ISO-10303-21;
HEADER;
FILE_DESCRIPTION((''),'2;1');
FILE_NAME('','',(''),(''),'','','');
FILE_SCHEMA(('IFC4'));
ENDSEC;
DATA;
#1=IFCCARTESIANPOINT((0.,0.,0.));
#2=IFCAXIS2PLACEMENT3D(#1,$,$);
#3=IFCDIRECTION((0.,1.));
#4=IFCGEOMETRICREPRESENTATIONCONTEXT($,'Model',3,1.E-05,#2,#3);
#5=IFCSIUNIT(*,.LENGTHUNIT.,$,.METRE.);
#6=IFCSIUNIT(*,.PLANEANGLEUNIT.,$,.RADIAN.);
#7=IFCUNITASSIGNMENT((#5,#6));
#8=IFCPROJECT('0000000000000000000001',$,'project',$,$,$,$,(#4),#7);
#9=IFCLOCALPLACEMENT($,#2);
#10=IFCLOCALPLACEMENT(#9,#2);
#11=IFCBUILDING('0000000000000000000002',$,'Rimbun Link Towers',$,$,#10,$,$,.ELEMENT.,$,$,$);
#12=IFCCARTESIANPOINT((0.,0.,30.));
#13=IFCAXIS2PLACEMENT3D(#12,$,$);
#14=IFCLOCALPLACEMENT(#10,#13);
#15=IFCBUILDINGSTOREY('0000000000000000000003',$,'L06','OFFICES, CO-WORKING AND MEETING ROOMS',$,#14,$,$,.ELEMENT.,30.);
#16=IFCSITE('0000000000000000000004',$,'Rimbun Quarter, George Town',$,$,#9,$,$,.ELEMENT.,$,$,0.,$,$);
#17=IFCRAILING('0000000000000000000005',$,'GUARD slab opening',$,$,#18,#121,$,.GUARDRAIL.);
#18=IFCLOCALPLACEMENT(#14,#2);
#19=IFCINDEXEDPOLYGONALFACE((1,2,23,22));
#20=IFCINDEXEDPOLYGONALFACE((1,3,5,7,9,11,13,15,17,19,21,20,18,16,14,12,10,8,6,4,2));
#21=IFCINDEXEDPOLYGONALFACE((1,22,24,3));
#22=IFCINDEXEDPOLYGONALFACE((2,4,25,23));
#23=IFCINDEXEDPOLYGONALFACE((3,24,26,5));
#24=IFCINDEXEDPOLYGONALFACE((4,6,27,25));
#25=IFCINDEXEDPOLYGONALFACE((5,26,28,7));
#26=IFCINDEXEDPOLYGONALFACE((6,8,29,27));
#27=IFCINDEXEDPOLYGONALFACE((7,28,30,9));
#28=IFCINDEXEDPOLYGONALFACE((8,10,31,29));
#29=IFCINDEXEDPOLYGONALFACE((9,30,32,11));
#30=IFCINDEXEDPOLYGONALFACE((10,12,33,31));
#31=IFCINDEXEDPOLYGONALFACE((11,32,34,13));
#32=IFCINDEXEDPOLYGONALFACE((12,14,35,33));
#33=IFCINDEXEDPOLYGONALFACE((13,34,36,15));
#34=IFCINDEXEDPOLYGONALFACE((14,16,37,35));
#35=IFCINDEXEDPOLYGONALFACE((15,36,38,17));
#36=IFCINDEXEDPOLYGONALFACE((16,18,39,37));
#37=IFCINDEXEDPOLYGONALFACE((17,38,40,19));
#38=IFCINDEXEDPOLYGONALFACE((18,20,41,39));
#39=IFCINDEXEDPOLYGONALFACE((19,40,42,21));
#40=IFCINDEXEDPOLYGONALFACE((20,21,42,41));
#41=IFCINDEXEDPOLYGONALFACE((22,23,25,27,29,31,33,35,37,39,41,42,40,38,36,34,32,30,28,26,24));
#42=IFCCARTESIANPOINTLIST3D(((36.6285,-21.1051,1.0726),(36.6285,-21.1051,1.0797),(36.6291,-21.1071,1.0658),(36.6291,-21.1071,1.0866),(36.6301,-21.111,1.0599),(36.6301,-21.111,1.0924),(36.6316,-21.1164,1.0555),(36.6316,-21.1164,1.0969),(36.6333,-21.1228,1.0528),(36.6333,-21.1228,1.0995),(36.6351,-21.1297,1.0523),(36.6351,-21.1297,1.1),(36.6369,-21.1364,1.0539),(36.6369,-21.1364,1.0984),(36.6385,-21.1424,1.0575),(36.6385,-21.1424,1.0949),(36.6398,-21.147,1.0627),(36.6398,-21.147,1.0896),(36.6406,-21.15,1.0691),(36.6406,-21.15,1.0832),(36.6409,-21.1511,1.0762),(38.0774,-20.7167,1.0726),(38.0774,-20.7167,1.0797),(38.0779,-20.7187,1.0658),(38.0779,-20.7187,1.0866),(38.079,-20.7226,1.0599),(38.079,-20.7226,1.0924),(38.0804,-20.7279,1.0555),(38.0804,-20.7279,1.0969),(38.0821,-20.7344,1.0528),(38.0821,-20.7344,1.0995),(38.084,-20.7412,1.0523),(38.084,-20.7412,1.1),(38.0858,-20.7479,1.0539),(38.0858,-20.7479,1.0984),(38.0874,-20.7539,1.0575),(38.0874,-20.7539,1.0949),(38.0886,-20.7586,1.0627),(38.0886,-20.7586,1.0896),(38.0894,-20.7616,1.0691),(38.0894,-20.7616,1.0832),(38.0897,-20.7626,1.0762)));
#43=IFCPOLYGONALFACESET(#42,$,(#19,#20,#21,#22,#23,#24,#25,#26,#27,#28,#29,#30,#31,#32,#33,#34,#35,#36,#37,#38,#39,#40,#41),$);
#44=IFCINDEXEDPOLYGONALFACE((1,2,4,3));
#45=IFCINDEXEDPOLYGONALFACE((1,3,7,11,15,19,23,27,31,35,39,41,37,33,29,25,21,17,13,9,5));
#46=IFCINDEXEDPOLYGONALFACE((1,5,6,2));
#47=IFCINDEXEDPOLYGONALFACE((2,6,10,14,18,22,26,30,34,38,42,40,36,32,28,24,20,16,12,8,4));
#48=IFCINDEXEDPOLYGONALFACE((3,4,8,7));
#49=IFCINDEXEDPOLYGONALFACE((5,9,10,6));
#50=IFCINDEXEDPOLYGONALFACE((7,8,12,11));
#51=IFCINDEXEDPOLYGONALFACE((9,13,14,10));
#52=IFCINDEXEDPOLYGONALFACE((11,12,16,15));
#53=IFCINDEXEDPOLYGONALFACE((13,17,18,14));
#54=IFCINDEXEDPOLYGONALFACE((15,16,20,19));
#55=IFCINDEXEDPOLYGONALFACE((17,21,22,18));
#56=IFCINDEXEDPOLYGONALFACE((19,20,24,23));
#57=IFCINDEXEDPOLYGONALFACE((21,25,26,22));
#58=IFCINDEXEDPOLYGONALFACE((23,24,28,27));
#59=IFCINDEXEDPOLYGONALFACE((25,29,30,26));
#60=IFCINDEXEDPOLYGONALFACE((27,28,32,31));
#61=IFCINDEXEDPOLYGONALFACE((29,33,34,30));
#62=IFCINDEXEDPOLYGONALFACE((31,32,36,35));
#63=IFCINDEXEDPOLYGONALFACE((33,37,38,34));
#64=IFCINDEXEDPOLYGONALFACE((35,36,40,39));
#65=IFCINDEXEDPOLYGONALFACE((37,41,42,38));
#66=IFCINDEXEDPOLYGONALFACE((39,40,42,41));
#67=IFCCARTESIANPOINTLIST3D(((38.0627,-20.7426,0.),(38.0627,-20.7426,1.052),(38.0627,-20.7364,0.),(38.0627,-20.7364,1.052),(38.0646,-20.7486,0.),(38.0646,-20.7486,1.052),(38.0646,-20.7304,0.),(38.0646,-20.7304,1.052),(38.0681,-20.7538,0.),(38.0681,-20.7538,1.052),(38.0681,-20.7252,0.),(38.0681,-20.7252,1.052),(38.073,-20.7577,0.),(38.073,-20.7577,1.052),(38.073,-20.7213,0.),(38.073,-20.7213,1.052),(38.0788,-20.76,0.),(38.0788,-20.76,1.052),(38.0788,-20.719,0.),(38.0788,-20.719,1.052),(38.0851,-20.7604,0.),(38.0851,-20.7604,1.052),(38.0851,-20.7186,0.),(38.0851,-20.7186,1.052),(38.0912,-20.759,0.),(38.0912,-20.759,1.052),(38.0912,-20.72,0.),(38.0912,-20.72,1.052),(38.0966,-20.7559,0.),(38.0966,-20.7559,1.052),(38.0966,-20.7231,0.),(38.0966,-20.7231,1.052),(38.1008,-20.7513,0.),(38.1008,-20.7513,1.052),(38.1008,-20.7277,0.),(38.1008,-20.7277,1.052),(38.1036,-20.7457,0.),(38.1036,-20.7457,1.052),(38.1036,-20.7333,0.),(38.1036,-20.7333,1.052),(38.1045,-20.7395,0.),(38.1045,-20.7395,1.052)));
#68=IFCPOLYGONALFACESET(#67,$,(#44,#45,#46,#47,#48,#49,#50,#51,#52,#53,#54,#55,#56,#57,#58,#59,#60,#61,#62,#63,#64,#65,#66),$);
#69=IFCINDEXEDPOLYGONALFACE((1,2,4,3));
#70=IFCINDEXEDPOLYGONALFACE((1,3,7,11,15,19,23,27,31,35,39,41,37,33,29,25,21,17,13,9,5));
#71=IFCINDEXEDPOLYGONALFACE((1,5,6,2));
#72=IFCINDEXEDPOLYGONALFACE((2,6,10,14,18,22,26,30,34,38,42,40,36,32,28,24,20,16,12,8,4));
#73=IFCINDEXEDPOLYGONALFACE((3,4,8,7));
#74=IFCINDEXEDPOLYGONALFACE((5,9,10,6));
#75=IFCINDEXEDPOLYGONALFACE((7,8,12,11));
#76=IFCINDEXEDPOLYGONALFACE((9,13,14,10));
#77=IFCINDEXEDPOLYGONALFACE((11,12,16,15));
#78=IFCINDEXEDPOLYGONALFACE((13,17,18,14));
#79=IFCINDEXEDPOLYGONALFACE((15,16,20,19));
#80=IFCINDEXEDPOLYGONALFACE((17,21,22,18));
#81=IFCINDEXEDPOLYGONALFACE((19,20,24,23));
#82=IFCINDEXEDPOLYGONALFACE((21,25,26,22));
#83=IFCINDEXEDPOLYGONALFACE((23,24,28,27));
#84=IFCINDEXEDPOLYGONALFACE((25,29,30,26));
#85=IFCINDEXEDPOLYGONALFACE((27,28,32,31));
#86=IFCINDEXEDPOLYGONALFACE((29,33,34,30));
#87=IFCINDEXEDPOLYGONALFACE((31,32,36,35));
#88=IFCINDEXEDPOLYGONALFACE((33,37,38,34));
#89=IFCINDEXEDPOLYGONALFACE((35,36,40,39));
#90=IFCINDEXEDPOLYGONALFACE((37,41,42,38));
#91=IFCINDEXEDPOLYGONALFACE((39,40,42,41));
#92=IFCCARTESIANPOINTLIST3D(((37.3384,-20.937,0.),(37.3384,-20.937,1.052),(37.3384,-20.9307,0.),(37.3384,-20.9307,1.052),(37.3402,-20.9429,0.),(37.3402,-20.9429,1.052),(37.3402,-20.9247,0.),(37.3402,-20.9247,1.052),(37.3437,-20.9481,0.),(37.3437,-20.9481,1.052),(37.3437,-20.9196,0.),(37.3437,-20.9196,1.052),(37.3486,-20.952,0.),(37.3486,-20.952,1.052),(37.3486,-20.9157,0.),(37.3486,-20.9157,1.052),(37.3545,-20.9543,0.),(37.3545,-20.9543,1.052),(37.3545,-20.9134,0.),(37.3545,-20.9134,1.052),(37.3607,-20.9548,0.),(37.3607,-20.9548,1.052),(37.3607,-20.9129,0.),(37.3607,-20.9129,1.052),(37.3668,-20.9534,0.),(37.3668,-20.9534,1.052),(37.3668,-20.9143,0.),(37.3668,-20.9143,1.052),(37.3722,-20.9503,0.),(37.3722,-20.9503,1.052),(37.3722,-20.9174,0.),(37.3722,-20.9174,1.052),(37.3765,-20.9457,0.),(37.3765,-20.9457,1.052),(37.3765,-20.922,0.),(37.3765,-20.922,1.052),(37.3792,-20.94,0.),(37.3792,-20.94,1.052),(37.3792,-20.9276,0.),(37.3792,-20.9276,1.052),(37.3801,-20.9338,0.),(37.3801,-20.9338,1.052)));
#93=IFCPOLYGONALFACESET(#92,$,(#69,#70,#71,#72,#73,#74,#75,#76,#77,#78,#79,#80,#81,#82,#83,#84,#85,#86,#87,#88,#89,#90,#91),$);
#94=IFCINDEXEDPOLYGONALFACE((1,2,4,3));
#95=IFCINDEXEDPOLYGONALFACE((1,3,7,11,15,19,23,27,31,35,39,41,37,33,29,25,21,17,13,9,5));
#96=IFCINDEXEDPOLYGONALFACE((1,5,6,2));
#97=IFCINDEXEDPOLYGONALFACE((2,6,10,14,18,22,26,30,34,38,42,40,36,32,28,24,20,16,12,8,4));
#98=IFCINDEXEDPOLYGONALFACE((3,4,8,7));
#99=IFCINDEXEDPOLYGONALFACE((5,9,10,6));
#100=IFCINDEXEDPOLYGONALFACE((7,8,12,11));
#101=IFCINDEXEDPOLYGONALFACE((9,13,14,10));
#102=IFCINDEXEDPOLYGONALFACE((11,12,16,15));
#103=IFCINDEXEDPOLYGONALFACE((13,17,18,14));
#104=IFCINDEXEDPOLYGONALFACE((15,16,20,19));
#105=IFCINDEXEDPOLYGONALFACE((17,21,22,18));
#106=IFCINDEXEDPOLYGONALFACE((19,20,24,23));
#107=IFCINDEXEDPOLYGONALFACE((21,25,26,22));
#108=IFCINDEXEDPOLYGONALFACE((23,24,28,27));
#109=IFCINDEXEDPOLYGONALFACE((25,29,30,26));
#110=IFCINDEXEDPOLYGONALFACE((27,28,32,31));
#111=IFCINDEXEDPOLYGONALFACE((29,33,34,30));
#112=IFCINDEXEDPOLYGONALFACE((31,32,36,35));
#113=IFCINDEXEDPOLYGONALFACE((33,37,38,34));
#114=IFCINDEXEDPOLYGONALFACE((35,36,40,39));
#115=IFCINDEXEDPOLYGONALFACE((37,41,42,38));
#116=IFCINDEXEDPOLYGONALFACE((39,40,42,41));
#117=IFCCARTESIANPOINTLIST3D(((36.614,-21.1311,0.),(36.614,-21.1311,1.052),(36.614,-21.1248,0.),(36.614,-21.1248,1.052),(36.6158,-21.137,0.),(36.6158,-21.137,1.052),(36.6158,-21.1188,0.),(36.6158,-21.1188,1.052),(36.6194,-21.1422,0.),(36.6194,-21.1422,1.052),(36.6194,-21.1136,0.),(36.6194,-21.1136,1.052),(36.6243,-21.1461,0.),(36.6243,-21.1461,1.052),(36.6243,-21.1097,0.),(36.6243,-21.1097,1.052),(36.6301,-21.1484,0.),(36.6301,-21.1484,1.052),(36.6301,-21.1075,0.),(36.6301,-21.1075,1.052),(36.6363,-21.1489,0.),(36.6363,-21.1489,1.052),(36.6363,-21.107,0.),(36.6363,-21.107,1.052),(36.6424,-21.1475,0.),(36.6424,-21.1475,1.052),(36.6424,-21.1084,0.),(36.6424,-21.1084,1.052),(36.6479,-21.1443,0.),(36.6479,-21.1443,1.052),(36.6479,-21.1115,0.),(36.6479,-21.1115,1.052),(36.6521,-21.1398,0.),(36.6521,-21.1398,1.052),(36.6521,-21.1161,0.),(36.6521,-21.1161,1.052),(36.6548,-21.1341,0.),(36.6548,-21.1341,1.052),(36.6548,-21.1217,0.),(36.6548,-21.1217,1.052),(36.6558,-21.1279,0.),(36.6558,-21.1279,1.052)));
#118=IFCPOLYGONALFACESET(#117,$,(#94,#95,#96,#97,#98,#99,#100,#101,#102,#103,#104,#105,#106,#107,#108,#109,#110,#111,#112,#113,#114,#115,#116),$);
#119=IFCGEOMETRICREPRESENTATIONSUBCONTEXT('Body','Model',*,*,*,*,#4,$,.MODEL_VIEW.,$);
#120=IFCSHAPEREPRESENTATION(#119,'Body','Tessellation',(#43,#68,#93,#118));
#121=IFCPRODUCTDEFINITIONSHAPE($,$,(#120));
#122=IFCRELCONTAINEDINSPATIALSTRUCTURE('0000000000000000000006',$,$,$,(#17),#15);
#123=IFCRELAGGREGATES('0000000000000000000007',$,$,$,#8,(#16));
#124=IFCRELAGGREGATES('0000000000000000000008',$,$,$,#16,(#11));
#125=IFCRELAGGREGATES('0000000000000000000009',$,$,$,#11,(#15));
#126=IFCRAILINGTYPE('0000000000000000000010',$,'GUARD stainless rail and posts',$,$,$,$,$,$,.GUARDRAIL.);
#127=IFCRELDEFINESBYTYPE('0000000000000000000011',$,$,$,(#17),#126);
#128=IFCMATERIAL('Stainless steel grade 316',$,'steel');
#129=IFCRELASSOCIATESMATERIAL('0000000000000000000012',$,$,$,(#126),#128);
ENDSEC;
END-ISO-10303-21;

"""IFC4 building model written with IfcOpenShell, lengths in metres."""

from ifc_helpers import new_model, si_unit, direction, frame, origin, origin_2d, place, context, subcontext, project, spatial, circle, extrude, material, type_object, element, save


model = new_model("IFC4")

# Units and contexts
model_context = context("Model", 3, precision=1e-05, world=origin(), true_north=direction((0.0, 1.0)))
body_context = subcontext(model_context, "Body", "Model", "MODEL_VIEW")
ifc_project = project(units=[si_unit("LENGTHUNIT", "METRE"), si_unit("PLANEANGLEUNIT", "RADIAN")], contexts=[model_context])

# Site, building, storey
site_placement = place(None, origin())
site = spatial("IfcSite", under=ifc_project, at=site_placement, Name="Rimbun Quarter, George Town", CompositionType="ELEMENT", RefElevation=0.0)
building_placement = place(site_placement, origin())
building = spatial("IfcBuilding", under=site, at=building_placement, Name="Rimbun Link Towers", CompositionType="ELEMENT")
storey_placement = place(building_placement, frame((0.0, 0.0, 30.0)))
storey = spatial("IfcBuildingStorey", under=building, at=storey_placement, Name="L06", Description="OFFICES, CO-WORKING AND MEETING ROOMS", CompositionType="ELEMENT", Elevation=30.0)

# Railing
ifc_material_1 = material(Name="Stainless steel grade 316", Category="steel")
railing_type = type_object("IfcRailingType", Name="GUARD stainless rail and posts", PredefinedType="GUARDRAIL", material=ifc_material_1)
railing_1_placement = place(storey_placement, frame((38.0835, -20.7395, 0.0)))
element("IfcRailing", 1, at=railing_1_placement, inside=storey, type_object=railing_type, Name="GUARD slab opening", PredefinedType="GUARDRAIL", context=body_context, shape_type="SweptSolid", body=[
    extrude(circle(Radius=0.0239, at=origin_2d()), frame((0.0, 0.0, 1.0762), z_axis=(-0.965886, -0.258969, 0.0), x_axis=(0.258969, -0.965886, 0.0)), (0.0, 0.0, 1.0), 1.5),
    extrude(circle(Radius=0.021, at=origin_2d()), origin(), (0.0, 0.0, 1.0), 1.052),
    extrude(circle(Radius=0.021, at=origin_2d()), frame((-0.7244, -0.1943, 0.0)), (0.0, 0.0, 1.0), 1.052),
    extrude(circle(Radius=0.021, at=origin_2d()), frame((-1.4487, -0.3884, 0.0)), (0.0, 0.0, 1.0), 1.052),
])

save(model, "model.ifc")
